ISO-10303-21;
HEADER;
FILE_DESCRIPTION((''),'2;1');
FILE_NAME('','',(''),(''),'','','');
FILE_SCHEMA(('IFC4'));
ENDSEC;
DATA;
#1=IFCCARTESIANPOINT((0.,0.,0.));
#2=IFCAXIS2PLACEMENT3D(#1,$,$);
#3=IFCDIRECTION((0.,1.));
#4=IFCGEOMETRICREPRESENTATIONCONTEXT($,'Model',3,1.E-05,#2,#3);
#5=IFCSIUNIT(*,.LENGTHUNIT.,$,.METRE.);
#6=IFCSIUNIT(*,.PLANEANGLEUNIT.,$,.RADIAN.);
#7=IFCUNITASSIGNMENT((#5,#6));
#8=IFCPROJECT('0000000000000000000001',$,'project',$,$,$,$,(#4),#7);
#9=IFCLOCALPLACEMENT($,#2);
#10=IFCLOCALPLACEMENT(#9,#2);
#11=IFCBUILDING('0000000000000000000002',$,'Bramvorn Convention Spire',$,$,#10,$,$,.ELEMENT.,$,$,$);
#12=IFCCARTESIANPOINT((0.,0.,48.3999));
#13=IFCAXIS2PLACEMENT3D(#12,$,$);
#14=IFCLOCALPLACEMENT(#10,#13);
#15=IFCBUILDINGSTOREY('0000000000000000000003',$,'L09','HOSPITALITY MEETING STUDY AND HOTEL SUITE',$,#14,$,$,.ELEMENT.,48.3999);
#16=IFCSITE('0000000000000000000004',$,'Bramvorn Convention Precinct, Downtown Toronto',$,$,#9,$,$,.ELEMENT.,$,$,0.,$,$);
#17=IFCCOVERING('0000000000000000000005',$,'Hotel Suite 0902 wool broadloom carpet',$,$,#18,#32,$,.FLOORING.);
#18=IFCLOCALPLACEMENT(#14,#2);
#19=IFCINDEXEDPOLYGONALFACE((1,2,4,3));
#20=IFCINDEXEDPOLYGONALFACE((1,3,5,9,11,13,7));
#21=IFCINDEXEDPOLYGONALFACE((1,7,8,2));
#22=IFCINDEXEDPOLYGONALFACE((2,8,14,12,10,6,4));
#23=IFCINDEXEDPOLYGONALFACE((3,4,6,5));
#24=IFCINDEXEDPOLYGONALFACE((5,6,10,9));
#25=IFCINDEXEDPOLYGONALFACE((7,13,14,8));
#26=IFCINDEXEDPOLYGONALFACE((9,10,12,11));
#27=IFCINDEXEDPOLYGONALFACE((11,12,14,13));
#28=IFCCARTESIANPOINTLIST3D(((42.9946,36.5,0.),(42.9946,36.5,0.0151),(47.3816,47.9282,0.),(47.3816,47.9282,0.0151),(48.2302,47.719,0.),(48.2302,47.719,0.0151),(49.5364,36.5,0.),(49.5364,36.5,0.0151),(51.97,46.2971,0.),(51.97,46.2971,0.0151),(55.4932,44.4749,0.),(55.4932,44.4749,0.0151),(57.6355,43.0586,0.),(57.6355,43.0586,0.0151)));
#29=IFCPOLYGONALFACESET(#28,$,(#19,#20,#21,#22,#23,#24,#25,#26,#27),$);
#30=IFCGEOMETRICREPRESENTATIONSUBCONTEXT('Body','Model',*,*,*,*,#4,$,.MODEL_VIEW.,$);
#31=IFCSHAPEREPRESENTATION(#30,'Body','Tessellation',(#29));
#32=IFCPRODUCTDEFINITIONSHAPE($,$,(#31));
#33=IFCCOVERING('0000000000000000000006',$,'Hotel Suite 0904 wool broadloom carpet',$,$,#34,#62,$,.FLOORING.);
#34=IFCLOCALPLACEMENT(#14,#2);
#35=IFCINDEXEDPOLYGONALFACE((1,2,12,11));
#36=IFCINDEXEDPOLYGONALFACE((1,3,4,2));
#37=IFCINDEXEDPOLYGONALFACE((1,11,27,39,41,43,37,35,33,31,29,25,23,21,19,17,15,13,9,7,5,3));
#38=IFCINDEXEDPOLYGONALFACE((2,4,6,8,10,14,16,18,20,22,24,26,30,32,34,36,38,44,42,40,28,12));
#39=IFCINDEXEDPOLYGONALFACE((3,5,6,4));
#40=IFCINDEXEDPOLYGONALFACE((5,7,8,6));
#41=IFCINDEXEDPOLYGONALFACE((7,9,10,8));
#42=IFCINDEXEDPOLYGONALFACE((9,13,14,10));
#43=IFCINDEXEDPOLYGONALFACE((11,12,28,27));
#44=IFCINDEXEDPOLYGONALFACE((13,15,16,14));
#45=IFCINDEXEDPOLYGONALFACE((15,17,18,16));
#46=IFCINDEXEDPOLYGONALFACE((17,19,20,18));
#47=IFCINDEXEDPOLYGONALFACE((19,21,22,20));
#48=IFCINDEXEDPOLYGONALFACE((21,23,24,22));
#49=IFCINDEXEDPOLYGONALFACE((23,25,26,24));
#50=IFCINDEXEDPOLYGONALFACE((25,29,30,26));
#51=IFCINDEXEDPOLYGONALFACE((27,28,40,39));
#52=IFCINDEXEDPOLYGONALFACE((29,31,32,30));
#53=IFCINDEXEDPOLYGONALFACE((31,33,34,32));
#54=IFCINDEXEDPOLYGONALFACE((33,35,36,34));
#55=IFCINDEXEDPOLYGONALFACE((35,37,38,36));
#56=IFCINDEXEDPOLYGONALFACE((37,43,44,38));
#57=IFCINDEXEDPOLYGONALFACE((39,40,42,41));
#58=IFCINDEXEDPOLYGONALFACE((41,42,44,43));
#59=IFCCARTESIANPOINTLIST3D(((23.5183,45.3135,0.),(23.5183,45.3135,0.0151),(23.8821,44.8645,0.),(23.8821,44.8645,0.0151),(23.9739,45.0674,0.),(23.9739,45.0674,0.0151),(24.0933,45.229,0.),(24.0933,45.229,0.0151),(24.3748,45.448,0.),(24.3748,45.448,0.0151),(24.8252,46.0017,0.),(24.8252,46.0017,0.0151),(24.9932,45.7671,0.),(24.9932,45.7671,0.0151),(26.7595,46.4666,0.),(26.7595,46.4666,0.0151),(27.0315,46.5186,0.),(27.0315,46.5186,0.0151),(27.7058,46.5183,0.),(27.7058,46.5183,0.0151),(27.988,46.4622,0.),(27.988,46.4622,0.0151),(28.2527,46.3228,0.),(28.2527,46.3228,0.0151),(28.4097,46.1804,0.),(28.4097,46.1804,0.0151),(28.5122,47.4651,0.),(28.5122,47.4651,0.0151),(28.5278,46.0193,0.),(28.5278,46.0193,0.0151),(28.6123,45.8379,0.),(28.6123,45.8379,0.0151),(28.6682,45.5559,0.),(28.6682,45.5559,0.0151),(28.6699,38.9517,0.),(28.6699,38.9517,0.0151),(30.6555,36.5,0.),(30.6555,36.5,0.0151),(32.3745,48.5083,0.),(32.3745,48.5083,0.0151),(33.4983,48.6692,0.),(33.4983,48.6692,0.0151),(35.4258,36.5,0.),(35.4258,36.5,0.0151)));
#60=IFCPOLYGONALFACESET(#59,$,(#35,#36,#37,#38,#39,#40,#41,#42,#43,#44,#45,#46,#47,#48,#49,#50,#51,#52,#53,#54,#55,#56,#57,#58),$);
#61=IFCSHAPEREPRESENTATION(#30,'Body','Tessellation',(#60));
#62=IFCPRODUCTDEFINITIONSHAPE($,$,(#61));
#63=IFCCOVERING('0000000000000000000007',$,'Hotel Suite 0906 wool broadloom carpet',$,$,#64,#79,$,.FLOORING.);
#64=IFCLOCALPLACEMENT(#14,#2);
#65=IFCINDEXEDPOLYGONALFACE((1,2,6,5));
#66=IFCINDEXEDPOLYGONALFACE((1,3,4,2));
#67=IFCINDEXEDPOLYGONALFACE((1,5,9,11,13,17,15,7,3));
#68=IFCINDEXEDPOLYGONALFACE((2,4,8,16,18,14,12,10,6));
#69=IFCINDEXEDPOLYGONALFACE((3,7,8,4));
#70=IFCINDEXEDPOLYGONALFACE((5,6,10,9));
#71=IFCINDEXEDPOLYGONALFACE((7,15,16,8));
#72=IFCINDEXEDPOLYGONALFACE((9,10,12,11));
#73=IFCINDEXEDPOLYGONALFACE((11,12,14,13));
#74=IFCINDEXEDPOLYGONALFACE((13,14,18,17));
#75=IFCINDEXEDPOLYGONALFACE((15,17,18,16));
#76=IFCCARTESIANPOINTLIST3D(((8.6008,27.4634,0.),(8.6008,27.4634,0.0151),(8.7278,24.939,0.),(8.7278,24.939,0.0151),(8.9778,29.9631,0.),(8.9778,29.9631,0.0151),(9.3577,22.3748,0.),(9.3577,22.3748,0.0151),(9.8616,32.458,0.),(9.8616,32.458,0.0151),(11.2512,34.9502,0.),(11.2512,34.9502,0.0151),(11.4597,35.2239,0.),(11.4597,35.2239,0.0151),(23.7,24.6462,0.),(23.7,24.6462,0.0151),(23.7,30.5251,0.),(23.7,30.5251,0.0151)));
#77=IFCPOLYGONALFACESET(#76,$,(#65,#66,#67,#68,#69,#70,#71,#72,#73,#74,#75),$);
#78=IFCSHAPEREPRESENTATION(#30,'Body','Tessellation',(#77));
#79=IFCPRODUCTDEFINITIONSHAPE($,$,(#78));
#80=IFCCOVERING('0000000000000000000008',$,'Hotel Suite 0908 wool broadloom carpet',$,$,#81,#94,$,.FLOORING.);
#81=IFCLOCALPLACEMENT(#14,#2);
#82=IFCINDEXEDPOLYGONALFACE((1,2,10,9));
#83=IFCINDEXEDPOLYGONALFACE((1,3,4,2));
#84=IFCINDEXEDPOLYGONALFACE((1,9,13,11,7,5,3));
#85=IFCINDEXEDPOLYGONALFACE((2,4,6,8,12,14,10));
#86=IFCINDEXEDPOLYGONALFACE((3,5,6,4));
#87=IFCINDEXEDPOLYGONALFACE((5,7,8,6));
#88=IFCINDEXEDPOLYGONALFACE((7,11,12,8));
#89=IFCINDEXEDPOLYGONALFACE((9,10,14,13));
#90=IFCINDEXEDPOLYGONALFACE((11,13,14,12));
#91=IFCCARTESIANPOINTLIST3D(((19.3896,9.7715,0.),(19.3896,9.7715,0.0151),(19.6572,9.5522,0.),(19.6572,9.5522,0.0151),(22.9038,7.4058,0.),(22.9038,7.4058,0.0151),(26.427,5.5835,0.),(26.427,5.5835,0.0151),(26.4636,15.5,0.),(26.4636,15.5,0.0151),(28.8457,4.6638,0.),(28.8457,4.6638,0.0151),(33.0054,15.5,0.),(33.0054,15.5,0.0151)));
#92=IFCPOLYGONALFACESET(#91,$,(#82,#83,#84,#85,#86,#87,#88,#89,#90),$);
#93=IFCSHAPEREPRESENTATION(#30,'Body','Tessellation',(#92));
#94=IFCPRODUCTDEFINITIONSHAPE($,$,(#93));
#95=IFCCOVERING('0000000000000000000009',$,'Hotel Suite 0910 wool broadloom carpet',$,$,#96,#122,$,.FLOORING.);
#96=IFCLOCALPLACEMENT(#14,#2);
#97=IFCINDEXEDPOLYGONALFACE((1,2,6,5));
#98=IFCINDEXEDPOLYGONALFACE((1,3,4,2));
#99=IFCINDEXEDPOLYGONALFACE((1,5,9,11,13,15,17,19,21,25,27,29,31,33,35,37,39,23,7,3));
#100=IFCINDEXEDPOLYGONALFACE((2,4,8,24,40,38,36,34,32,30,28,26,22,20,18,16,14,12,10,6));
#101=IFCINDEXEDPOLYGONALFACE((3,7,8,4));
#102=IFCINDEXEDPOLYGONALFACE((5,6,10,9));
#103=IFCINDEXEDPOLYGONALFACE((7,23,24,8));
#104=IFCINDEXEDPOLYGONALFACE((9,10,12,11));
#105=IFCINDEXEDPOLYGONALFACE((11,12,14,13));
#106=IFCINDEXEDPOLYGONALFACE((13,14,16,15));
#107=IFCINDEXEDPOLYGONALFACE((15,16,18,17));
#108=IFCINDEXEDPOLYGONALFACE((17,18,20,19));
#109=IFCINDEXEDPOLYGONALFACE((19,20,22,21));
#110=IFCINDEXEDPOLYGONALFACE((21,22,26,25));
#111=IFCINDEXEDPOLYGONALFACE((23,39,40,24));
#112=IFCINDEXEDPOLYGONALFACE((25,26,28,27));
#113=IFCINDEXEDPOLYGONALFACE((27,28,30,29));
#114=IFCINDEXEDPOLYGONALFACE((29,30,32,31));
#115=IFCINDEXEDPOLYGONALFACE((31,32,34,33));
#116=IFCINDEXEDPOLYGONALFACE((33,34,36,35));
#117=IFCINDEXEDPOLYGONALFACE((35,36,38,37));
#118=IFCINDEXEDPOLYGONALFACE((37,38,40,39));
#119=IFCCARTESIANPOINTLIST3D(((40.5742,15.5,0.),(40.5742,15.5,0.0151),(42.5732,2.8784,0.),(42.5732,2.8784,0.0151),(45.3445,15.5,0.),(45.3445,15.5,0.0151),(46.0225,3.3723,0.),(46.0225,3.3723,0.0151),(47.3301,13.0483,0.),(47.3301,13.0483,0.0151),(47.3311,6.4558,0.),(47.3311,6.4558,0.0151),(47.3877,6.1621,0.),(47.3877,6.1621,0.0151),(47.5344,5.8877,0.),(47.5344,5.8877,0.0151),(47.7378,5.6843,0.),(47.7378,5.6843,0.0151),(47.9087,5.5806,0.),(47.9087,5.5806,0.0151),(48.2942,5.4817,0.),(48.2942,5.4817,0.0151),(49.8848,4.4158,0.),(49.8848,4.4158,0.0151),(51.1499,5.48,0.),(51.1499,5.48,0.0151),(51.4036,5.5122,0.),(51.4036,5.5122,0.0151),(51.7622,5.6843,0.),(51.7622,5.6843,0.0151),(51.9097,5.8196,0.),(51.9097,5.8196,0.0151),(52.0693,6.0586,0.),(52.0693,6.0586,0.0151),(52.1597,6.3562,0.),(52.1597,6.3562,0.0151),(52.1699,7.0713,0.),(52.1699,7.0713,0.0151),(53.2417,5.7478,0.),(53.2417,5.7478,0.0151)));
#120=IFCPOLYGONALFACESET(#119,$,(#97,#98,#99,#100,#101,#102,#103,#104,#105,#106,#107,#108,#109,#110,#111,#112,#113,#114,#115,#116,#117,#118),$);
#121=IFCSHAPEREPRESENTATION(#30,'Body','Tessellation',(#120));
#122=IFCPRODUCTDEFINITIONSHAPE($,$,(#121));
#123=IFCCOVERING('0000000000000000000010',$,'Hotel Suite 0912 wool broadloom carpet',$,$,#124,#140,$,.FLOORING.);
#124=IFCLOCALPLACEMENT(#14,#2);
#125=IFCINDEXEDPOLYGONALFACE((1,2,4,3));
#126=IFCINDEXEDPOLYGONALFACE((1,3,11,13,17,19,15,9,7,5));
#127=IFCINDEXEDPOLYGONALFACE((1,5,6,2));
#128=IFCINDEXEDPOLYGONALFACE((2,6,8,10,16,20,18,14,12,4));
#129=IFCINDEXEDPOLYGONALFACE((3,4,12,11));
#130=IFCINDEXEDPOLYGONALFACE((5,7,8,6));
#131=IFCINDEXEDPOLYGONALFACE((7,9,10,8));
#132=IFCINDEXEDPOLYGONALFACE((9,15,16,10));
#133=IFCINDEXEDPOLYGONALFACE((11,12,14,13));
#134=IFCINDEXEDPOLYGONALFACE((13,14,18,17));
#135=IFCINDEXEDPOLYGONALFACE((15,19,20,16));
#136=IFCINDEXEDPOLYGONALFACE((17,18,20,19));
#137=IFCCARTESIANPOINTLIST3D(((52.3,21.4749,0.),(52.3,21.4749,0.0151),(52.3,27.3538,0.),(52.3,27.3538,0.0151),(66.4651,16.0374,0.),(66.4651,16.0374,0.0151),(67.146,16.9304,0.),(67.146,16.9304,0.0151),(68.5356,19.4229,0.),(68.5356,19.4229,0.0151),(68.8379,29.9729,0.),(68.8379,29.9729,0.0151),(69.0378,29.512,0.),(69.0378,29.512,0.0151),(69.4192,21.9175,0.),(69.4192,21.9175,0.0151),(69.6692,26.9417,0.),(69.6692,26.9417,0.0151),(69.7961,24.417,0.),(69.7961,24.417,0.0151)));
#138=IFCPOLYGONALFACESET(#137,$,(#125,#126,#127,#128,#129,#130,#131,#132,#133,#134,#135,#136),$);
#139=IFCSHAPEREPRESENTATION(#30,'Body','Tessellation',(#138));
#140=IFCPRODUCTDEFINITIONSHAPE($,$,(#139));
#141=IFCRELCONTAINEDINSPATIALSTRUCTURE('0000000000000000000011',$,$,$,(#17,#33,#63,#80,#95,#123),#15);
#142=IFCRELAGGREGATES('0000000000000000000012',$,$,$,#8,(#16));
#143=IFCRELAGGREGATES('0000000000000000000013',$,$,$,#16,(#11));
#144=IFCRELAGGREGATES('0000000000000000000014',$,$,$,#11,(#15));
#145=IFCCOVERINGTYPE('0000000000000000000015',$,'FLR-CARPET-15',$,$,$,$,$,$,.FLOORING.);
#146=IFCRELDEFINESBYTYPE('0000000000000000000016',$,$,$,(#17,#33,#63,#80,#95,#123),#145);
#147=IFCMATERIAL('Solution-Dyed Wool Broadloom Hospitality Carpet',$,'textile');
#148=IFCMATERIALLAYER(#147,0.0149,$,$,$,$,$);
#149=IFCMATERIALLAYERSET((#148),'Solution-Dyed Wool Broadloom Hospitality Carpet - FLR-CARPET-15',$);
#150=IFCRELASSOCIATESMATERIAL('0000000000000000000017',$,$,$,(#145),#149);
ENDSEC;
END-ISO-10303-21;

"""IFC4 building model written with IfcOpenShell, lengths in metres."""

from ifc_helpers import new_model, si_unit, direction, frame, origin, place, context, subcontext, project, spatial, polyline, outline, extrude, material, layer, layer_set, type_object, element, save


model = new_model("IFC4")

# Units and contexts
model_context = context("Model", 3, precision=1e-05, world=origin(), true_north=direction((0.0, 1.0)))
body_context = subcontext(model_context, "Body", "Model", "MODEL_VIEW")
ifc_project = project(units=[si_unit("LENGTHUNIT", "METRE"), si_unit("PLANEANGLEUNIT", "RADIAN")], contexts=[model_context])

# Site, building, storey
site_placement = place(None, origin())
site = spatial("IfcSite", under=ifc_project, at=site_placement, Name="Bramvorn Convention Precinct, Downtown Toronto", CompositionType="ELEMENT", RefElevation=0.0)
building_placement = place(site_placement, origin())
building = spatial("IfcBuilding", under=site, at=building_placement, Name="Bramvorn Convention Spire", CompositionType="ELEMENT")
storey_placement = place(building_placement, frame((0.0, 0.0, 48.3999)))
storey = spatial("IfcBuildingStorey", under=building, at=storey_placement, Name="L09", Description="HOSPITALITY MEETING STUDY AND HOTEL SUITE", CompositionType="ELEMENT", Elevation=48.3999)

# Coverings
ifc_material_1 = material(Name="Solution-Dyed Wool Broadloom Hospitality Carpet", Category="textile")
ifc_layer_1 = layer(ifc_material_1, 0.0149)
ifc_layer_set_1 = layer_set([ifc_layer_1], Name="Solution-Dyed Wool Broadloom Hospitality Carpet - FLR-CARPET-15")
covering_type = type_object("IfcCoveringType", Name="FLR-CARPET-15", PredefinedType="FLOORING", material=ifc_layer_set_1)
covering_1_placement = place(storey_placement, origin())
element("IfcCovering", 1, at=covering_1_placement, inside=storey, type_object=covering_type, Name="Hotel Suite 0902 wool broadloom carpet", PredefinedType="FLOORING", context=body_context, shape_type="SweptSolid", body=[
    extrude(outline(polyline([(48.2302, 47.719), (47.3816, 47.9282), (42.9946, 36.5), (49.5364, 36.5), (57.6355, 43.0586), (55.4932, 44.4749), (51.97, 46.2971), (48.2302, 47.719)])), origin(), (0.0, 0.0, 1.0), 0.0151),
])
covering_2_placement = place(storey_placement, origin())
element("IfcCovering", 2, at=covering_2_placement, inside=storey, type_object=covering_type, Name="Hotel Suite 0904 wool broadloom carpet", PredefinedType="FLOORING", context=body_context, shape_type="SweptSolid", body=[
    extrude(outline(polyline([(23.9739, 45.0674), (24.0933, 45.229), (24.3748, 45.448), (24.9932, 45.7671), (26.7595, 46.4666), (27.0315, 46.5186), (27.7058, 46.5183), (27.988, 46.4622), (28.2527, 46.3228), (28.4097, 46.1804), (28.5278, 46.0193), (28.6123, 45.8379), (28.6682, 45.5559), (28.6699, 38.9517), (30.6555, 36.5), (35.4258, 36.5), (33.4983, 48.6692), (32.3745, 48.5083), (28.5122, 47.4651), (24.8252, 46.0017), (23.5183, 45.3135), (23.8821, 44.8645), (23.9739, 45.0674)])), origin(), (0.0, 0.0, 1.0), 0.0151),
])
covering_3_placement = place(storey_placement, origin())
element("IfcCovering", 3, at=covering_3_placement, inside=storey, type_object=covering_type, Name="Hotel Suite 0906 wool broadloom carpet", PredefinedType="FLOORING", context=body_context, shape_type="SweptSolid", body=[
    extrude(outline(polyline([(9.3577, 22.3748), (23.7, 24.6462), (23.7, 30.5251), (11.4597, 35.2239), (11.2512, 34.9502), (9.8616, 32.458), (8.9778, 29.9631), (8.6008, 27.4634), (8.7278, 24.939), (9.3577, 22.3748)])), origin(), (0.0, 0.0, 1.0), 0.0151),
])
covering_4_placement = place(storey_placement, origin())
element("IfcCovering", 4, at=covering_4_placement, inside=storey, type_object=covering_type, Name="Hotel Suite 0908 wool broadloom carpet", PredefinedType="FLOORING", context=body_context, shape_type="SweptSolid", body=[
    extrude(outline(polyline([(26.427, 5.5835), (28.8457, 4.6638), (33.0054, 15.5), (26.4636, 15.5), (19.3896, 9.7715), (19.6572, 9.5522), (22.9038, 7.4058), (26.427, 5.5835)])), origin(), (0.0, 0.0, 1.0), 0.0151),
])
covering_5_placement = place(storey_placement, origin())
element("IfcCovering", 5, at=covering_5_placement, inside=storey, type_object=covering_type, Name="Hotel Suite 0910 wool broadloom carpet", PredefinedType="FLOORING", context=body_context, shape_type="SweptSolid", body=[
    extrude(outline(polyline([(46.0225, 3.3723), (49.8848, 4.4158), (53.2417, 5.7478), (52.1699, 7.0713), (52.1597, 6.3562), (52.0693, 6.0586), (51.9097, 5.8196), (51.7622, 5.6843), (51.4036, 5.5122), (51.1499, 5.48), (48.2942, 5.4817), (47.9087, 5.5806), (47.7378, 5.6843), (47.5344, 5.8877), (47.3877, 6.1621), (47.3311, 6.4558), (47.3301, 13.0483), (45.3445, 15.5), (40.5742, 15.5), (42.5732, 2.8784), (46.0225, 3.3723)])), origin(), (0.0, 0.0, 1.0), 0.0151),
])
covering_6_placement = place(storey_placement, origin())
element("IfcCovering", 6, at=covering_6_placement, inside=storey, type_object=covering_type, Name="Hotel Suite 0912 wool broadloom carpet", PredefinedType="FLOORING", context=body_context, shape_type="SweptSolid", body=[
    extrude(outline(polyline([(67.146, 16.9304), (68.5356, 19.4229), (69.4192, 21.9175), (69.7961, 24.417), (69.6692, 26.9417), (69.0378, 29.512), (68.8379, 29.9729), (52.3, 27.3538), (52.3, 21.4749), (66.4651, 16.0374), (67.146, 16.9304)])), origin(), (0.0, 0.0, 1.0), 0.0151),
])

save(model, "model.ifc")
